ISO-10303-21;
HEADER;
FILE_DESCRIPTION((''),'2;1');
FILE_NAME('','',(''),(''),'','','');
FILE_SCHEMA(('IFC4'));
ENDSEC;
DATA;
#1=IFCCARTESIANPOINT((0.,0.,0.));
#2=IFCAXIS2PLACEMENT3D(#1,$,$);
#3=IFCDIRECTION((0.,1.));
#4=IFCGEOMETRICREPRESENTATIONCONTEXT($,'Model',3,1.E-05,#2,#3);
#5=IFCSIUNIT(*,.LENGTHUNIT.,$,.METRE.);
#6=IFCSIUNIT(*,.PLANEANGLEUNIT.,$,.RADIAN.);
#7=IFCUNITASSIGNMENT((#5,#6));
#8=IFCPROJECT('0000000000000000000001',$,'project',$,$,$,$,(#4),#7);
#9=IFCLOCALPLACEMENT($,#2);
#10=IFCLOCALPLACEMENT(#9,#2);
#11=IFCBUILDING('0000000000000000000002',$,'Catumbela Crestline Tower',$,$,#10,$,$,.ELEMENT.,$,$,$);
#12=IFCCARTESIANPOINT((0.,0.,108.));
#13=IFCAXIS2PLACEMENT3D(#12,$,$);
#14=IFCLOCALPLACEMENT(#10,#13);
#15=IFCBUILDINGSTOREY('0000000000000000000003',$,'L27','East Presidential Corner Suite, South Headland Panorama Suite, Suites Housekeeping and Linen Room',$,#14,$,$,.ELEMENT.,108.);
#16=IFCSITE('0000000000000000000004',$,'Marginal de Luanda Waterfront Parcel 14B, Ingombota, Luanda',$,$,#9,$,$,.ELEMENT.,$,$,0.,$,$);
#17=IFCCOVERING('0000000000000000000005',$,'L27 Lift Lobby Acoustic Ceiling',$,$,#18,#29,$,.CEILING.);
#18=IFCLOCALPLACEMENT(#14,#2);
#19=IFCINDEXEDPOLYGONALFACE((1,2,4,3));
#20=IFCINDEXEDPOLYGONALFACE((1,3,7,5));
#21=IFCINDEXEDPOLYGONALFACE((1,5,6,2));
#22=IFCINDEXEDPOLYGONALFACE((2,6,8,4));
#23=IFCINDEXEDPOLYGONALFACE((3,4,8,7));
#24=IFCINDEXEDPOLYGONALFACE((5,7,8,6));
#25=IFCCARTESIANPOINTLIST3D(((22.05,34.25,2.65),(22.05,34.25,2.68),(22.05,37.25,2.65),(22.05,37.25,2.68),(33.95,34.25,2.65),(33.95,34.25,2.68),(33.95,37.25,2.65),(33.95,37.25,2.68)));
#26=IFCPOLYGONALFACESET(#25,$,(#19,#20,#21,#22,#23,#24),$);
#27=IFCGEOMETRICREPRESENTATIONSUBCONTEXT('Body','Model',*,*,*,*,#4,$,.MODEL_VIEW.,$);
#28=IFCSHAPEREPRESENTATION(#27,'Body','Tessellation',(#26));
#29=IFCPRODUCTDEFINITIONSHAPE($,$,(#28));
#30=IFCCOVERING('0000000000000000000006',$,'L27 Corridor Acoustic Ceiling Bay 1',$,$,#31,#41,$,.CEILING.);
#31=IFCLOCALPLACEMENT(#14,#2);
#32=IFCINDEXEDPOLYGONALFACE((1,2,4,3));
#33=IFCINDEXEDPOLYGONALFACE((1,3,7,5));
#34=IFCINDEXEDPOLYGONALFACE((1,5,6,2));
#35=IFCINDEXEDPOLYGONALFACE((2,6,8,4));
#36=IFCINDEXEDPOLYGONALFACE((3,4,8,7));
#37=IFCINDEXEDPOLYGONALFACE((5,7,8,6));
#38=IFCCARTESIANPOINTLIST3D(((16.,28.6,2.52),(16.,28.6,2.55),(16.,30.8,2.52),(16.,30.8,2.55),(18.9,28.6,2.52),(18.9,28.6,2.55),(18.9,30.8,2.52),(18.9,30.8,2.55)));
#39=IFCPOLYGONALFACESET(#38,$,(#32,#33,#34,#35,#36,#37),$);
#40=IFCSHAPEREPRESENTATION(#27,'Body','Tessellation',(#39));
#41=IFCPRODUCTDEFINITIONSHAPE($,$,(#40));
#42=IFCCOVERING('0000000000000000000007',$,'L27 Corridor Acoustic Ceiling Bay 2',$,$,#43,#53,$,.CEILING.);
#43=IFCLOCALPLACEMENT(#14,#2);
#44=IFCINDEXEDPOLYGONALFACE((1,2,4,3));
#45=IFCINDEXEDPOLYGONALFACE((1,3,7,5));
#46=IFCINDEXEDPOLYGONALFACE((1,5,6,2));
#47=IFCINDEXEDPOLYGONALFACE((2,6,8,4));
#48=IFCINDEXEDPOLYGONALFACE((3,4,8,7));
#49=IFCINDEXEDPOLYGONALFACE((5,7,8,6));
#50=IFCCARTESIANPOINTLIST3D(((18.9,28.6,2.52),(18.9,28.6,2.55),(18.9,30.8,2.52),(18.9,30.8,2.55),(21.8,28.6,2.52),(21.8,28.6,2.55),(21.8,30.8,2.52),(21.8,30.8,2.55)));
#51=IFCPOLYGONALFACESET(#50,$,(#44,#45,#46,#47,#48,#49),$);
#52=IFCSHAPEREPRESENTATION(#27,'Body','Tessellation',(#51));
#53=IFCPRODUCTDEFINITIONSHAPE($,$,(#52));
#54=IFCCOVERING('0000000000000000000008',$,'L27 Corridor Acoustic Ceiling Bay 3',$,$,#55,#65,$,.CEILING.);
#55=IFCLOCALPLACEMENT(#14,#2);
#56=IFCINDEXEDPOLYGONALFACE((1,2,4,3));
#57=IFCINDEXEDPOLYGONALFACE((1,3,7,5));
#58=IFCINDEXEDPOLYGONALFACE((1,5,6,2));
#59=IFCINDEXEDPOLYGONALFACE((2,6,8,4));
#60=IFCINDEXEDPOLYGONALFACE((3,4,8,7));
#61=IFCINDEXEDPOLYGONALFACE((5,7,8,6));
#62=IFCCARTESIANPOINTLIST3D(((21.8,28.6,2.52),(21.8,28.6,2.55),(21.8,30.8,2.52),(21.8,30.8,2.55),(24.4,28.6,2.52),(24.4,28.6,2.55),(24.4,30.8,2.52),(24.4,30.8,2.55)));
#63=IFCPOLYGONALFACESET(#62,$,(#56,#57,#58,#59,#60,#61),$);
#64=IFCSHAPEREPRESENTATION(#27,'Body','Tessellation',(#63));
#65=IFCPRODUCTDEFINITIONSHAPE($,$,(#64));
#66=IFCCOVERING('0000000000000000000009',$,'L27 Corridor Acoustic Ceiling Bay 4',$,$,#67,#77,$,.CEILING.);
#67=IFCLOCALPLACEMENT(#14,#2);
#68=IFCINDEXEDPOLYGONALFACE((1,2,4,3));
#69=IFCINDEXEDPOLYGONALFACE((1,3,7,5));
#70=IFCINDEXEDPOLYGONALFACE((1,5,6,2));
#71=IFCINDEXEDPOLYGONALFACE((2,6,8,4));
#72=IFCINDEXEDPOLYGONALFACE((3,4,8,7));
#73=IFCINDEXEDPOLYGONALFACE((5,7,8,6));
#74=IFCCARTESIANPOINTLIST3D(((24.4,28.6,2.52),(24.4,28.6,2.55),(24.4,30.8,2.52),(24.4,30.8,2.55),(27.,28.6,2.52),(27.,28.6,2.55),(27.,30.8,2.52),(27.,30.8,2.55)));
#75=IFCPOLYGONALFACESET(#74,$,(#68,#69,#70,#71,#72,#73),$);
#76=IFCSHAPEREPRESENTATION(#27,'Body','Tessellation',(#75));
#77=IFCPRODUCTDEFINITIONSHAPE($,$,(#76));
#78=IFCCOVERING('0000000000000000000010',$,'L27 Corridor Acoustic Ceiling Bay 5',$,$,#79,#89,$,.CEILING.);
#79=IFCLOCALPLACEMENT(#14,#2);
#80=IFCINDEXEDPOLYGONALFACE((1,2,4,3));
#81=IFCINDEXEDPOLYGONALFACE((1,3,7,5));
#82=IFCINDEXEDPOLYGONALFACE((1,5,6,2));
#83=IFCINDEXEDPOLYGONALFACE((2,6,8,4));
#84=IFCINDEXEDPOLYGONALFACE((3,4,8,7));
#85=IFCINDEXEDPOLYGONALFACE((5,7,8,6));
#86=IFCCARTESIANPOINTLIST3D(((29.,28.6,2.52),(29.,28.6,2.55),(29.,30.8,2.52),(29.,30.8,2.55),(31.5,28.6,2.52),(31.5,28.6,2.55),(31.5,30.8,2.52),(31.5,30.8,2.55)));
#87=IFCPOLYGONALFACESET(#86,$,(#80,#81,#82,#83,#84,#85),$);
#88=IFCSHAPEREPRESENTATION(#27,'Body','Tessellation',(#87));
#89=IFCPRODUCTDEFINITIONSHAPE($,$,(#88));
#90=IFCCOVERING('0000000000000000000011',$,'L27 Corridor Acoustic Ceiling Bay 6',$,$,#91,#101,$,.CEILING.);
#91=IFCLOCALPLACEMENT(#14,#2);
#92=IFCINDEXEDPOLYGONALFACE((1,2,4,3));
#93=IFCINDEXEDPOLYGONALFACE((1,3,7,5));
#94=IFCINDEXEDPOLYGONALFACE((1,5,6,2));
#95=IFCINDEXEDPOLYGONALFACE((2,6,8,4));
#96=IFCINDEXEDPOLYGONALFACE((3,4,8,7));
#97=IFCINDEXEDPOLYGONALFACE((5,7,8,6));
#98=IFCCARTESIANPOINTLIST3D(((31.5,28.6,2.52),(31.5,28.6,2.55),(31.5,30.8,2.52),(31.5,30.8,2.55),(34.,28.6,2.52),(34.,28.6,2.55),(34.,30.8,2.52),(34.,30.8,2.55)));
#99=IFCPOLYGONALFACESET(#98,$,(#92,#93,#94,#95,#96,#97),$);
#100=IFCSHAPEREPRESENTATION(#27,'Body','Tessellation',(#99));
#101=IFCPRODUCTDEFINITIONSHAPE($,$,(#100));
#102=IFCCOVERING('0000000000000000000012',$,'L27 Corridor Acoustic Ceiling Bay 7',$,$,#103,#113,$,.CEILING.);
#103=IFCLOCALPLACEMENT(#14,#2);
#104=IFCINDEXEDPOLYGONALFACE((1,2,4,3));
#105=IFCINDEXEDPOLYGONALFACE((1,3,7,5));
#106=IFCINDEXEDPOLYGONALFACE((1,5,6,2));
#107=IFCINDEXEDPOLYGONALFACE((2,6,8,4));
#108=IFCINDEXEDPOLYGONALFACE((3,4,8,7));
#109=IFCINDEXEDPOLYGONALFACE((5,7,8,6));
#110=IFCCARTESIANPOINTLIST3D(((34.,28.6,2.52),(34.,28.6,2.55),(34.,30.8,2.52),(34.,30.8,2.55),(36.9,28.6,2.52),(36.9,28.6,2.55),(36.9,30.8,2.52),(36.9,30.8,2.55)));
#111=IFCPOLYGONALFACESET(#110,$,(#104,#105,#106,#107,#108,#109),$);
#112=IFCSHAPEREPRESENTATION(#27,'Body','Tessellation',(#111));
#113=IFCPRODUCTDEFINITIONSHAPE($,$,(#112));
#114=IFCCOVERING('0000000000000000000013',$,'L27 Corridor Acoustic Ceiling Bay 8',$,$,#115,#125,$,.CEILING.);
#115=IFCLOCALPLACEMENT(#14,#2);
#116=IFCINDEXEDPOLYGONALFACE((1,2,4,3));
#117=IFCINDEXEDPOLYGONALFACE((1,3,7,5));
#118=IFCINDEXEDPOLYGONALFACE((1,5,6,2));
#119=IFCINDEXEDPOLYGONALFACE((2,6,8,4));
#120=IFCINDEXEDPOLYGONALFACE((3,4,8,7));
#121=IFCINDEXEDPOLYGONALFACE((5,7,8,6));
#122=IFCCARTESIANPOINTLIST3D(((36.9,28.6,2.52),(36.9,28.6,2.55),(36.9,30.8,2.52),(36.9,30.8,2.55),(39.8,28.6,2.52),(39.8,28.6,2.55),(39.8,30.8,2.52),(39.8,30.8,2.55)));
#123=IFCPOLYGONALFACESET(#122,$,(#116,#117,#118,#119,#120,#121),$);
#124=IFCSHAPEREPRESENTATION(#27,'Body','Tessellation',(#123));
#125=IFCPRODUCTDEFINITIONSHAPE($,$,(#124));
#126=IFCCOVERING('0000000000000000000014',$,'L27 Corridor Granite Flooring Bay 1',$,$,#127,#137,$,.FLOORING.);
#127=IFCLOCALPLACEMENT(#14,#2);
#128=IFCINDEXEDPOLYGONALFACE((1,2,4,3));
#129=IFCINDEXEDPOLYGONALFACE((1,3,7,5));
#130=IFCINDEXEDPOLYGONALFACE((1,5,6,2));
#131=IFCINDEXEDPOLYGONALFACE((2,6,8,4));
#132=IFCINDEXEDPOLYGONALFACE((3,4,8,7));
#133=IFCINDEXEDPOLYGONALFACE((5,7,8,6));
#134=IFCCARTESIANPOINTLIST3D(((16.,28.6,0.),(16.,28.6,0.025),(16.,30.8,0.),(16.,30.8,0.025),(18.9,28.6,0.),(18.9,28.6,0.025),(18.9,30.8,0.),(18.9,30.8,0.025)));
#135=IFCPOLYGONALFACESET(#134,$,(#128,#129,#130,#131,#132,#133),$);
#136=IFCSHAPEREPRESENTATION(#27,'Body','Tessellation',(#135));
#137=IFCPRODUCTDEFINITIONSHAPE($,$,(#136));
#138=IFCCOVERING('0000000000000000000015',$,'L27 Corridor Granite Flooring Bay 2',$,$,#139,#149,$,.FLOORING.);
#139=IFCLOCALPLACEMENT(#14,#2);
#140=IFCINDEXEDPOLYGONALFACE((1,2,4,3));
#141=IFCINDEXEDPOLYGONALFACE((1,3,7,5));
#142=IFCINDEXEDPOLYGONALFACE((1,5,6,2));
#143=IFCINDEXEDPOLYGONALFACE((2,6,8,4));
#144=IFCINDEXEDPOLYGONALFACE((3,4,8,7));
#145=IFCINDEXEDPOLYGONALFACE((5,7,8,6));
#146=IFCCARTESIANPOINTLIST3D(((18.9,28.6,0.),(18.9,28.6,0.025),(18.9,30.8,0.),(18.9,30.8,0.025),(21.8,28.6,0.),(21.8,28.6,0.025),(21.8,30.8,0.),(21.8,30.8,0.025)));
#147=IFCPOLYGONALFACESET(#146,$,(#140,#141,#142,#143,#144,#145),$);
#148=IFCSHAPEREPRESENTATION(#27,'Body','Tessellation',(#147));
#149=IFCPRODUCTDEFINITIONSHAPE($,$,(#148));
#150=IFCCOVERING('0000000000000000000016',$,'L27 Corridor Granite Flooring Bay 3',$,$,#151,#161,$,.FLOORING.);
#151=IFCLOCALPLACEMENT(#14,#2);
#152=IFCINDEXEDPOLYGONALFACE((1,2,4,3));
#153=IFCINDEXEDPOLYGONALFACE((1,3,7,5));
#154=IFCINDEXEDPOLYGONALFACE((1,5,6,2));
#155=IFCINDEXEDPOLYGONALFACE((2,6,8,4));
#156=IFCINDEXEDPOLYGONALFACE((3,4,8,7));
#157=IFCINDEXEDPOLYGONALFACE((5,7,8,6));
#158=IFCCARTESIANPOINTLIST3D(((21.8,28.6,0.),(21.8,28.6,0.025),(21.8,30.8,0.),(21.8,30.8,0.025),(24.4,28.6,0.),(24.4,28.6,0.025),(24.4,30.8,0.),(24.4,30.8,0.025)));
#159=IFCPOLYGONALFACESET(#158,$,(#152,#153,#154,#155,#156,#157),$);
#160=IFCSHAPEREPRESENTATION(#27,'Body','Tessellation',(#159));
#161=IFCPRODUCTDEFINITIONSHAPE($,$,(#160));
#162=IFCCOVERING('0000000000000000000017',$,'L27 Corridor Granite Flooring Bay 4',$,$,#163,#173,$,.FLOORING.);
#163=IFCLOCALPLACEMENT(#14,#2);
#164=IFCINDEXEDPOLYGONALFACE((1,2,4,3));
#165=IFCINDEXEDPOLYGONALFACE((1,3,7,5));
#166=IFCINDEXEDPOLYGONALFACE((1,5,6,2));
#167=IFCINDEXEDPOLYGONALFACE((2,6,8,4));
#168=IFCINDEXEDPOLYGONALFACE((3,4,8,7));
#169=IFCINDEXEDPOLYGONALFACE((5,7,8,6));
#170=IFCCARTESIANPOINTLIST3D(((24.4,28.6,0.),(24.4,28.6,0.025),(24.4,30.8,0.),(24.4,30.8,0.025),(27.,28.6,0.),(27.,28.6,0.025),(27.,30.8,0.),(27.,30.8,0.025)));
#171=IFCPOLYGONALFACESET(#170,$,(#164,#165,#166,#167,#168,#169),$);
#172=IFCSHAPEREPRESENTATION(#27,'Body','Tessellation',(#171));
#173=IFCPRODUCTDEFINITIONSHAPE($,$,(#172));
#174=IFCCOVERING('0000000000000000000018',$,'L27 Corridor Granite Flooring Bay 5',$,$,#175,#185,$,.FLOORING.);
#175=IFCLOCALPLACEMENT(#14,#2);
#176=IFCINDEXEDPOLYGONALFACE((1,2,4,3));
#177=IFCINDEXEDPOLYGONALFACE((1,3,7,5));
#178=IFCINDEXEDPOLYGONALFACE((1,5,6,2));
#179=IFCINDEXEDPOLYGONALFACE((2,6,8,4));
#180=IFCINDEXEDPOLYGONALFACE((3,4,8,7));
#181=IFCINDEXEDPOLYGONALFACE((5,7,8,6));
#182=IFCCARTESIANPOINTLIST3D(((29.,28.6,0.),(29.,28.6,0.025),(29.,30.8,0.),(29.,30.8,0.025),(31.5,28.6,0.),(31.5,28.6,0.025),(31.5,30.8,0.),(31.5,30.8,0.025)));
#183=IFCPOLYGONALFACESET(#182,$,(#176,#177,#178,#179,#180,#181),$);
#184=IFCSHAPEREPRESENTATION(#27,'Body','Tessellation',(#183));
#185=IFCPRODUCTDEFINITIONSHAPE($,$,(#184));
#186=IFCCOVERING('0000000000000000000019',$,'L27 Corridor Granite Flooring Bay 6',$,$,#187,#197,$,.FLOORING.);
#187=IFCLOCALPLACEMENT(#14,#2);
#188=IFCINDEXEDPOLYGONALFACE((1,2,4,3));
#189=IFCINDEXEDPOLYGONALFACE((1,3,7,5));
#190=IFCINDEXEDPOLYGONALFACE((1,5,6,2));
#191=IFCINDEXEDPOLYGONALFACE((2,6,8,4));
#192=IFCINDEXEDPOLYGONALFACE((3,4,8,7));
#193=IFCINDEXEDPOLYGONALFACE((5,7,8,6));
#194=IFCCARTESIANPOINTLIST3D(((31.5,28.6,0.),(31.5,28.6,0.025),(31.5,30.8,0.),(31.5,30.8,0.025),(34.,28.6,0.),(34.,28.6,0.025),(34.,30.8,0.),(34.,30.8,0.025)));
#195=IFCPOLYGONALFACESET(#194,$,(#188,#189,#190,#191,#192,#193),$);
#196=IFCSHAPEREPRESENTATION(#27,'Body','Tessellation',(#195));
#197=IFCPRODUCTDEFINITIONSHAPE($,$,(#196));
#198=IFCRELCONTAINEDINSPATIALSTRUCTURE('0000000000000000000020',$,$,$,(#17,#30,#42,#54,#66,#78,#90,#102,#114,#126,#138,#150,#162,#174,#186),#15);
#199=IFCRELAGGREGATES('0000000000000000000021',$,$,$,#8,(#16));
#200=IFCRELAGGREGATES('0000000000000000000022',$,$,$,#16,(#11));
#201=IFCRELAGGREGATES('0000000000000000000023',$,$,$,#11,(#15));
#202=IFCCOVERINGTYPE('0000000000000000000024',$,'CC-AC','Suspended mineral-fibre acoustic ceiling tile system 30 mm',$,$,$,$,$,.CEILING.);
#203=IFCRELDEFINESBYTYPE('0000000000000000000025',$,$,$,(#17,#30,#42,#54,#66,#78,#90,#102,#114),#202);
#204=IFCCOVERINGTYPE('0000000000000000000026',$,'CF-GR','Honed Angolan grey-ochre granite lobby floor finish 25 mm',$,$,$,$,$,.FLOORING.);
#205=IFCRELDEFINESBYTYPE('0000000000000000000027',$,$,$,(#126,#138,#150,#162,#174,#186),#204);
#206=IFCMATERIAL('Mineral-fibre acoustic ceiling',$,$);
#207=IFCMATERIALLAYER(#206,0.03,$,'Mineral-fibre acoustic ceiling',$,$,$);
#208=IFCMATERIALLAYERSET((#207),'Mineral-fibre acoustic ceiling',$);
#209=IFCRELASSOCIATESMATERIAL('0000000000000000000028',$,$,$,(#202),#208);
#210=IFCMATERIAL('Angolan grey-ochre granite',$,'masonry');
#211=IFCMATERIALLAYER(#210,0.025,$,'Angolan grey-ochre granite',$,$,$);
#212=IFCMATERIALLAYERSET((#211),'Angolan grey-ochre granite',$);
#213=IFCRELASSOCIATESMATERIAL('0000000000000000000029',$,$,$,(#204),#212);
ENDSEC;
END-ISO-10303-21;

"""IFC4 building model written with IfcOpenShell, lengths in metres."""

from ifc_helpers import new_model, si_unit, direction, frame, origin, place, context, subcontext, project, spatial, polyline, outline, extrude, material, layer, layer_set, type_object, element, save


model = new_model("IFC4")

# Units and contexts
model_context = context("Model", 3, precision=1e-05, world=origin(), true_north=direction((0.0, 1.0)))
body_context = subcontext(model_context, "Body", "Model", "MODEL_VIEW")
ifc_project = project(units=[si_unit("LENGTHUNIT", "METRE"), si_unit("PLANEANGLEUNIT", "RADIAN")], contexts=[model_context])

# Site, building, storey
site_placement = place(None, origin())
site = spatial("IfcSite", under=ifc_project, at=site_placement, Name="Marginal de Luanda Waterfront Parcel 14B, Ingombota, Luanda", CompositionType="ELEMENT", RefElevation=0.0)
building_placement = place(site_placement, origin())
building = spatial("IfcBuilding", under=site, at=building_placement, Name="Catumbela Crestline Tower", CompositionType="ELEMENT")
storey_placement = place(building_placement, frame((0.0, 0.0, 108.0)))
storey = spatial("IfcBuildingStorey", under=building, at=storey_placement, Name="L27", Description="East Presidential Corner Suite, South Headland Panorama Suite, Suites Housekeeping and Linen Room", CompositionType="ELEMENT", Elevation=108.0)

# Shared definitions
ifc_material_1 = material(Name="Angolan grey-ochre granite", Category="masonry")

# Coverings
ifc_material_2 = material(Name="Mineral-fibre acoustic ceiling")
ifc_layer_1 = layer(ifc_material_2, 0.03, Name="Mineral-fibre acoustic ceiling")
ifc_layer_set_1 = layer_set([ifc_layer_1], Name="Mineral-fibre acoustic ceiling")
covering_type_1 = type_object("IfcCoveringType", Name="CC-AC", Description="Suspended mineral-fibre acoustic ceiling tile system 30 mm", PredefinedType="CEILING", material=ifc_layer_set_1)
covering_1_placement = place(storey_placement, frame((0.0, 0.0, 2.65)))
element("IfcCovering", 1, at=covering_1_placement, inside=storey, type_object=covering_type_1, Name="L27 Lift Lobby Acoustic Ceiling", PredefinedType="CEILING", context=body_context, shape_type="SweptSolid", body=[
    extrude(outline(polyline([(22.05, 34.25), (33.95, 34.25), (33.95, 37.25), (22.05, 37.25), (22.05, 34.25)])), origin(), (0.0, 0.0, 1.0), 0.03),
])
covering_2_placement = place(storey_placement, frame((0.0, 0.0, 2.52)))
element("IfcCovering", 2, at=covering_2_placement, inside=storey, type_object=covering_type_1, Name="L27 Corridor Acoustic Ceiling Bay 1", PredefinedType="CEILING", context=body_context, shape_type="SweptSolid", body=[
    extrude(outline(polyline([(16.0, 28.6), (18.9, 28.6), (18.9, 30.8), (16.0, 30.8), (16.0, 28.6)])), origin(), (0.0, 0.0, 1.0), 0.03),
])
covering_3_placement = place(storey_placement, frame((0.0, 0.0, 2.52)))
element("IfcCovering", 3, at=covering_3_placement, inside=storey, type_object=covering_type_1, Name="L27 Corridor Acoustic Ceiling Bay 2", PredefinedType="CEILING", context=body_context, shape_type="SweptSolid", body=[
    extrude(outline(polyline([(18.9, 28.6), (21.8, 28.6), (21.8, 30.8), (18.9, 30.8), (18.9, 28.6)])), origin(), (0.0, 0.0, 1.0), 0.03),
])
covering_4_placement = place(storey_placement, frame((0.0, 0.0, 2.52)))
element("IfcCovering", 4, at=covering_4_placement, inside=storey, type_object=covering_type_1, Name="L27 Corridor Acoustic Ceiling Bay 3", PredefinedType="CEILING", context=body_context, shape_type="SweptSolid", body=[
    extrude(outline(polyline([(21.8, 28.6), (24.4, 28.6), (24.4, 30.8), (21.8, 30.8), (21.8, 28.6)])), origin(), (0.0, 0.0, 1.0), 0.03),
])
covering_5_placement = place(storey_placement, frame((0.0, 0.0, 2.52)))
element("IfcCovering", 5, at=covering_5_placement, inside=storey, type_object=covering_type_1, Name="L27 Corridor Acoustic Ceiling Bay 4", PredefinedType="CEILING", context=body_context, shape_type="SweptSolid", body=[
    extrude(outline(polyline([(24.4, 28.6), (27.0, 28.6), (27.0, 30.8), (24.4, 30.8), (24.4, 28.6)])), origin(), (0.0, 0.0, 1.0), 0.03),
])
covering_6_placement = place(storey_placement, frame((0.0, 0.0, 2.52)))
element("IfcCovering", 6, at=covering_6_placement, inside=storey, type_object=covering_type_1, Name="L27 Corridor Acoustic Ceiling Bay 5", PredefinedType="CEILING", context=body_context, shape_type="SweptSolid", body=[
    extrude(outline(polyline([(29.0, 28.6), (31.5, 28.6), (31.5, 30.8), (29.0, 30.8), (29.0, 28.6)])), origin(), (0.0, 0.0, 1.0), 0.03),
])
covering_7_placement = place(storey_placement, frame((0.0, 0.0, 2.52)))
element("IfcCovering", 7, at=covering_7_placement, inside=storey, type_object=covering_type_1, Name="L27 Corridor Acoustic Ceiling Bay 6", PredefinedType="CEILING", context=body_context, shape_type="SweptSolid", body=[
    extrude(outline(polyline([(31.5, 28.6), (34.0, 28.6), (34.0, 30.8), (31.5, 30.8), (31.5, 28.6)])), origin(), (0.0, 0.0, 1.0), 0.03),
])
covering_8_placement = place(storey_placement, frame((0.0, 0.0, 2.52)))
element("IfcCovering", 8, at=covering_8_placement, inside=storey, type_object=covering_type_1, Name="L27 Corridor Acoustic Ceiling Bay 7", PredefinedType="CEILING", context=body_context, shape_type="SweptSolid", body=[
    extrude(outline(polyline([(34.0, 28.6), (36.9, 28.6), (36.9, 30.8), (34.0, 30.8), (34.0, 28.6)])), origin(), (0.0, 0.0, 1.0), 0.03),
])
covering_9_placement = place(storey_placement, frame((0.0, 0.0, 2.52)))
element("IfcCovering", 9, at=covering_9_placement, inside=storey, type_object=covering_type_1, Name="L27 Corridor Acoustic Ceiling Bay 8", PredefinedType="CEILING", context=body_context, shape_type="SweptSolid", body=[
    extrude(outline(polyline([(36.9, 28.6), (39.8, 28.6), (39.8, 30.8), (36.9, 30.8), (36.9, 28.6)])), origin(), (0.0, 0.0, 1.0), 0.03),
])
ifc_layer_2 = layer(ifc_material_1, 0.025, Name="Angolan grey-ochre granite")
ifc_layer_set_2 = layer_set([ifc_layer_2], Name="Angolan grey-ochre granite")
covering_type_2 = type_object("IfcCoveringType", Name="CF-GR", Description="Honed Angolan grey-ochre granite lobby floor finish 25 mm", PredefinedType="FLOORING", material=ifc_layer_set_2)
covering_10_placement = place(storey_placement, origin())
element("IfcCovering", 10, at=covering_10_placement, inside=storey, type_object=covering_type_2, Name="L27 Corridor Granite Flooring Bay 1", PredefinedType="FLOORING", context=body_context, shape_type="SweptSolid", body=[
    extrude(outline(polyline([(16.0, 28.6), (18.9, 28.6), (18.9, 30.8), (16.0, 30.8), (16.0, 28.6)])), origin(), (0.0, 0.0, 1.0), 0.025),
])
covering_11_placement = place(storey_placement, origin())
element("IfcCovering", 11, at=covering_11_placement, inside=storey, type_object=covering_type_2, Name="L27 Corridor Granite Flooring Bay 2", PredefinedType="FLOORING", context=body_context, shape_type="SweptSolid", body=[
    extrude(outline(polyline([(18.9, 28.6), (21.8, 28.6), (21.8, 30.8), (18.9, 30.8), (18.9, 28.6)])), origin(), (0.0, 0.0, 1.0), 0.025),
])
covering_12_placement = place(storey_placement, origin())
element("IfcCovering", 12, at=covering_12_placement, inside=storey, type_object=covering_type_2, Name="L27 Corridor Granite Flooring Bay 3", PredefinedType="FLOORING", context=body_context, shape_type="SweptSolid", body=[
    extrude(outline(polyline([(21.8, 28.6), (24.4, 28.6), (24.4, 30.8), (21.8, 30.8), (21.8, 28.6)])), origin(), (0.0, 0.0, 1.0), 0.025),
])
covering_13_placement = place(storey_placement, origin())
element("IfcCovering", 13, at=covering_13_placement, inside=storey, type_object=covering_type_2, Name="L27 Corridor Granite Flooring Bay 4", PredefinedType="FLOORING", context=body_context, shape_type="SweptSolid", body=[
    extrude(outline(polyline([(24.4, 28.6), (27.0, 28.6), (27.0, 30.8), (24.4, 30.8), (24.4, 28.6)])), origin(), (0.0, 0.0, 1.0), 0.025),
])
covering_14_placement = place(storey_placement, origin())
element("IfcCovering", 14, at=covering_14_placement, inside=storey, type_object=covering_type_2, Name="L27 Corridor Granite Flooring Bay 5", PredefinedType="FLOORING", context=body_context, shape_type="SweptSolid", body=[
    extrude(outline(polyline([(29.0, 28.6), (31.5, 28.6), (31.5, 30.8), (29.0, 30.8), (29.0, 28.6)])), origin(), (0.0, 0.0, 1.0), 0.025),
])
covering_15_placement = place(storey_placement, origin())
element("IfcCovering", 15, at=covering_15_placement, inside=storey, type_object=covering_type_2, Name="L27 Corridor Granite Flooring Bay 6", PredefinedType="FLOORING", context=body_context, shape_type="SweptSolid", body=[
    extrude(outline(polyline([(31.5, 28.6), (34.0, 28.6), (34.0, 30.8), (31.5, 30.8), (31.5, 28.6)])), origin(), (0.0, 0.0, 1.0), 0.025),
])

save(model, "model.ifc")
